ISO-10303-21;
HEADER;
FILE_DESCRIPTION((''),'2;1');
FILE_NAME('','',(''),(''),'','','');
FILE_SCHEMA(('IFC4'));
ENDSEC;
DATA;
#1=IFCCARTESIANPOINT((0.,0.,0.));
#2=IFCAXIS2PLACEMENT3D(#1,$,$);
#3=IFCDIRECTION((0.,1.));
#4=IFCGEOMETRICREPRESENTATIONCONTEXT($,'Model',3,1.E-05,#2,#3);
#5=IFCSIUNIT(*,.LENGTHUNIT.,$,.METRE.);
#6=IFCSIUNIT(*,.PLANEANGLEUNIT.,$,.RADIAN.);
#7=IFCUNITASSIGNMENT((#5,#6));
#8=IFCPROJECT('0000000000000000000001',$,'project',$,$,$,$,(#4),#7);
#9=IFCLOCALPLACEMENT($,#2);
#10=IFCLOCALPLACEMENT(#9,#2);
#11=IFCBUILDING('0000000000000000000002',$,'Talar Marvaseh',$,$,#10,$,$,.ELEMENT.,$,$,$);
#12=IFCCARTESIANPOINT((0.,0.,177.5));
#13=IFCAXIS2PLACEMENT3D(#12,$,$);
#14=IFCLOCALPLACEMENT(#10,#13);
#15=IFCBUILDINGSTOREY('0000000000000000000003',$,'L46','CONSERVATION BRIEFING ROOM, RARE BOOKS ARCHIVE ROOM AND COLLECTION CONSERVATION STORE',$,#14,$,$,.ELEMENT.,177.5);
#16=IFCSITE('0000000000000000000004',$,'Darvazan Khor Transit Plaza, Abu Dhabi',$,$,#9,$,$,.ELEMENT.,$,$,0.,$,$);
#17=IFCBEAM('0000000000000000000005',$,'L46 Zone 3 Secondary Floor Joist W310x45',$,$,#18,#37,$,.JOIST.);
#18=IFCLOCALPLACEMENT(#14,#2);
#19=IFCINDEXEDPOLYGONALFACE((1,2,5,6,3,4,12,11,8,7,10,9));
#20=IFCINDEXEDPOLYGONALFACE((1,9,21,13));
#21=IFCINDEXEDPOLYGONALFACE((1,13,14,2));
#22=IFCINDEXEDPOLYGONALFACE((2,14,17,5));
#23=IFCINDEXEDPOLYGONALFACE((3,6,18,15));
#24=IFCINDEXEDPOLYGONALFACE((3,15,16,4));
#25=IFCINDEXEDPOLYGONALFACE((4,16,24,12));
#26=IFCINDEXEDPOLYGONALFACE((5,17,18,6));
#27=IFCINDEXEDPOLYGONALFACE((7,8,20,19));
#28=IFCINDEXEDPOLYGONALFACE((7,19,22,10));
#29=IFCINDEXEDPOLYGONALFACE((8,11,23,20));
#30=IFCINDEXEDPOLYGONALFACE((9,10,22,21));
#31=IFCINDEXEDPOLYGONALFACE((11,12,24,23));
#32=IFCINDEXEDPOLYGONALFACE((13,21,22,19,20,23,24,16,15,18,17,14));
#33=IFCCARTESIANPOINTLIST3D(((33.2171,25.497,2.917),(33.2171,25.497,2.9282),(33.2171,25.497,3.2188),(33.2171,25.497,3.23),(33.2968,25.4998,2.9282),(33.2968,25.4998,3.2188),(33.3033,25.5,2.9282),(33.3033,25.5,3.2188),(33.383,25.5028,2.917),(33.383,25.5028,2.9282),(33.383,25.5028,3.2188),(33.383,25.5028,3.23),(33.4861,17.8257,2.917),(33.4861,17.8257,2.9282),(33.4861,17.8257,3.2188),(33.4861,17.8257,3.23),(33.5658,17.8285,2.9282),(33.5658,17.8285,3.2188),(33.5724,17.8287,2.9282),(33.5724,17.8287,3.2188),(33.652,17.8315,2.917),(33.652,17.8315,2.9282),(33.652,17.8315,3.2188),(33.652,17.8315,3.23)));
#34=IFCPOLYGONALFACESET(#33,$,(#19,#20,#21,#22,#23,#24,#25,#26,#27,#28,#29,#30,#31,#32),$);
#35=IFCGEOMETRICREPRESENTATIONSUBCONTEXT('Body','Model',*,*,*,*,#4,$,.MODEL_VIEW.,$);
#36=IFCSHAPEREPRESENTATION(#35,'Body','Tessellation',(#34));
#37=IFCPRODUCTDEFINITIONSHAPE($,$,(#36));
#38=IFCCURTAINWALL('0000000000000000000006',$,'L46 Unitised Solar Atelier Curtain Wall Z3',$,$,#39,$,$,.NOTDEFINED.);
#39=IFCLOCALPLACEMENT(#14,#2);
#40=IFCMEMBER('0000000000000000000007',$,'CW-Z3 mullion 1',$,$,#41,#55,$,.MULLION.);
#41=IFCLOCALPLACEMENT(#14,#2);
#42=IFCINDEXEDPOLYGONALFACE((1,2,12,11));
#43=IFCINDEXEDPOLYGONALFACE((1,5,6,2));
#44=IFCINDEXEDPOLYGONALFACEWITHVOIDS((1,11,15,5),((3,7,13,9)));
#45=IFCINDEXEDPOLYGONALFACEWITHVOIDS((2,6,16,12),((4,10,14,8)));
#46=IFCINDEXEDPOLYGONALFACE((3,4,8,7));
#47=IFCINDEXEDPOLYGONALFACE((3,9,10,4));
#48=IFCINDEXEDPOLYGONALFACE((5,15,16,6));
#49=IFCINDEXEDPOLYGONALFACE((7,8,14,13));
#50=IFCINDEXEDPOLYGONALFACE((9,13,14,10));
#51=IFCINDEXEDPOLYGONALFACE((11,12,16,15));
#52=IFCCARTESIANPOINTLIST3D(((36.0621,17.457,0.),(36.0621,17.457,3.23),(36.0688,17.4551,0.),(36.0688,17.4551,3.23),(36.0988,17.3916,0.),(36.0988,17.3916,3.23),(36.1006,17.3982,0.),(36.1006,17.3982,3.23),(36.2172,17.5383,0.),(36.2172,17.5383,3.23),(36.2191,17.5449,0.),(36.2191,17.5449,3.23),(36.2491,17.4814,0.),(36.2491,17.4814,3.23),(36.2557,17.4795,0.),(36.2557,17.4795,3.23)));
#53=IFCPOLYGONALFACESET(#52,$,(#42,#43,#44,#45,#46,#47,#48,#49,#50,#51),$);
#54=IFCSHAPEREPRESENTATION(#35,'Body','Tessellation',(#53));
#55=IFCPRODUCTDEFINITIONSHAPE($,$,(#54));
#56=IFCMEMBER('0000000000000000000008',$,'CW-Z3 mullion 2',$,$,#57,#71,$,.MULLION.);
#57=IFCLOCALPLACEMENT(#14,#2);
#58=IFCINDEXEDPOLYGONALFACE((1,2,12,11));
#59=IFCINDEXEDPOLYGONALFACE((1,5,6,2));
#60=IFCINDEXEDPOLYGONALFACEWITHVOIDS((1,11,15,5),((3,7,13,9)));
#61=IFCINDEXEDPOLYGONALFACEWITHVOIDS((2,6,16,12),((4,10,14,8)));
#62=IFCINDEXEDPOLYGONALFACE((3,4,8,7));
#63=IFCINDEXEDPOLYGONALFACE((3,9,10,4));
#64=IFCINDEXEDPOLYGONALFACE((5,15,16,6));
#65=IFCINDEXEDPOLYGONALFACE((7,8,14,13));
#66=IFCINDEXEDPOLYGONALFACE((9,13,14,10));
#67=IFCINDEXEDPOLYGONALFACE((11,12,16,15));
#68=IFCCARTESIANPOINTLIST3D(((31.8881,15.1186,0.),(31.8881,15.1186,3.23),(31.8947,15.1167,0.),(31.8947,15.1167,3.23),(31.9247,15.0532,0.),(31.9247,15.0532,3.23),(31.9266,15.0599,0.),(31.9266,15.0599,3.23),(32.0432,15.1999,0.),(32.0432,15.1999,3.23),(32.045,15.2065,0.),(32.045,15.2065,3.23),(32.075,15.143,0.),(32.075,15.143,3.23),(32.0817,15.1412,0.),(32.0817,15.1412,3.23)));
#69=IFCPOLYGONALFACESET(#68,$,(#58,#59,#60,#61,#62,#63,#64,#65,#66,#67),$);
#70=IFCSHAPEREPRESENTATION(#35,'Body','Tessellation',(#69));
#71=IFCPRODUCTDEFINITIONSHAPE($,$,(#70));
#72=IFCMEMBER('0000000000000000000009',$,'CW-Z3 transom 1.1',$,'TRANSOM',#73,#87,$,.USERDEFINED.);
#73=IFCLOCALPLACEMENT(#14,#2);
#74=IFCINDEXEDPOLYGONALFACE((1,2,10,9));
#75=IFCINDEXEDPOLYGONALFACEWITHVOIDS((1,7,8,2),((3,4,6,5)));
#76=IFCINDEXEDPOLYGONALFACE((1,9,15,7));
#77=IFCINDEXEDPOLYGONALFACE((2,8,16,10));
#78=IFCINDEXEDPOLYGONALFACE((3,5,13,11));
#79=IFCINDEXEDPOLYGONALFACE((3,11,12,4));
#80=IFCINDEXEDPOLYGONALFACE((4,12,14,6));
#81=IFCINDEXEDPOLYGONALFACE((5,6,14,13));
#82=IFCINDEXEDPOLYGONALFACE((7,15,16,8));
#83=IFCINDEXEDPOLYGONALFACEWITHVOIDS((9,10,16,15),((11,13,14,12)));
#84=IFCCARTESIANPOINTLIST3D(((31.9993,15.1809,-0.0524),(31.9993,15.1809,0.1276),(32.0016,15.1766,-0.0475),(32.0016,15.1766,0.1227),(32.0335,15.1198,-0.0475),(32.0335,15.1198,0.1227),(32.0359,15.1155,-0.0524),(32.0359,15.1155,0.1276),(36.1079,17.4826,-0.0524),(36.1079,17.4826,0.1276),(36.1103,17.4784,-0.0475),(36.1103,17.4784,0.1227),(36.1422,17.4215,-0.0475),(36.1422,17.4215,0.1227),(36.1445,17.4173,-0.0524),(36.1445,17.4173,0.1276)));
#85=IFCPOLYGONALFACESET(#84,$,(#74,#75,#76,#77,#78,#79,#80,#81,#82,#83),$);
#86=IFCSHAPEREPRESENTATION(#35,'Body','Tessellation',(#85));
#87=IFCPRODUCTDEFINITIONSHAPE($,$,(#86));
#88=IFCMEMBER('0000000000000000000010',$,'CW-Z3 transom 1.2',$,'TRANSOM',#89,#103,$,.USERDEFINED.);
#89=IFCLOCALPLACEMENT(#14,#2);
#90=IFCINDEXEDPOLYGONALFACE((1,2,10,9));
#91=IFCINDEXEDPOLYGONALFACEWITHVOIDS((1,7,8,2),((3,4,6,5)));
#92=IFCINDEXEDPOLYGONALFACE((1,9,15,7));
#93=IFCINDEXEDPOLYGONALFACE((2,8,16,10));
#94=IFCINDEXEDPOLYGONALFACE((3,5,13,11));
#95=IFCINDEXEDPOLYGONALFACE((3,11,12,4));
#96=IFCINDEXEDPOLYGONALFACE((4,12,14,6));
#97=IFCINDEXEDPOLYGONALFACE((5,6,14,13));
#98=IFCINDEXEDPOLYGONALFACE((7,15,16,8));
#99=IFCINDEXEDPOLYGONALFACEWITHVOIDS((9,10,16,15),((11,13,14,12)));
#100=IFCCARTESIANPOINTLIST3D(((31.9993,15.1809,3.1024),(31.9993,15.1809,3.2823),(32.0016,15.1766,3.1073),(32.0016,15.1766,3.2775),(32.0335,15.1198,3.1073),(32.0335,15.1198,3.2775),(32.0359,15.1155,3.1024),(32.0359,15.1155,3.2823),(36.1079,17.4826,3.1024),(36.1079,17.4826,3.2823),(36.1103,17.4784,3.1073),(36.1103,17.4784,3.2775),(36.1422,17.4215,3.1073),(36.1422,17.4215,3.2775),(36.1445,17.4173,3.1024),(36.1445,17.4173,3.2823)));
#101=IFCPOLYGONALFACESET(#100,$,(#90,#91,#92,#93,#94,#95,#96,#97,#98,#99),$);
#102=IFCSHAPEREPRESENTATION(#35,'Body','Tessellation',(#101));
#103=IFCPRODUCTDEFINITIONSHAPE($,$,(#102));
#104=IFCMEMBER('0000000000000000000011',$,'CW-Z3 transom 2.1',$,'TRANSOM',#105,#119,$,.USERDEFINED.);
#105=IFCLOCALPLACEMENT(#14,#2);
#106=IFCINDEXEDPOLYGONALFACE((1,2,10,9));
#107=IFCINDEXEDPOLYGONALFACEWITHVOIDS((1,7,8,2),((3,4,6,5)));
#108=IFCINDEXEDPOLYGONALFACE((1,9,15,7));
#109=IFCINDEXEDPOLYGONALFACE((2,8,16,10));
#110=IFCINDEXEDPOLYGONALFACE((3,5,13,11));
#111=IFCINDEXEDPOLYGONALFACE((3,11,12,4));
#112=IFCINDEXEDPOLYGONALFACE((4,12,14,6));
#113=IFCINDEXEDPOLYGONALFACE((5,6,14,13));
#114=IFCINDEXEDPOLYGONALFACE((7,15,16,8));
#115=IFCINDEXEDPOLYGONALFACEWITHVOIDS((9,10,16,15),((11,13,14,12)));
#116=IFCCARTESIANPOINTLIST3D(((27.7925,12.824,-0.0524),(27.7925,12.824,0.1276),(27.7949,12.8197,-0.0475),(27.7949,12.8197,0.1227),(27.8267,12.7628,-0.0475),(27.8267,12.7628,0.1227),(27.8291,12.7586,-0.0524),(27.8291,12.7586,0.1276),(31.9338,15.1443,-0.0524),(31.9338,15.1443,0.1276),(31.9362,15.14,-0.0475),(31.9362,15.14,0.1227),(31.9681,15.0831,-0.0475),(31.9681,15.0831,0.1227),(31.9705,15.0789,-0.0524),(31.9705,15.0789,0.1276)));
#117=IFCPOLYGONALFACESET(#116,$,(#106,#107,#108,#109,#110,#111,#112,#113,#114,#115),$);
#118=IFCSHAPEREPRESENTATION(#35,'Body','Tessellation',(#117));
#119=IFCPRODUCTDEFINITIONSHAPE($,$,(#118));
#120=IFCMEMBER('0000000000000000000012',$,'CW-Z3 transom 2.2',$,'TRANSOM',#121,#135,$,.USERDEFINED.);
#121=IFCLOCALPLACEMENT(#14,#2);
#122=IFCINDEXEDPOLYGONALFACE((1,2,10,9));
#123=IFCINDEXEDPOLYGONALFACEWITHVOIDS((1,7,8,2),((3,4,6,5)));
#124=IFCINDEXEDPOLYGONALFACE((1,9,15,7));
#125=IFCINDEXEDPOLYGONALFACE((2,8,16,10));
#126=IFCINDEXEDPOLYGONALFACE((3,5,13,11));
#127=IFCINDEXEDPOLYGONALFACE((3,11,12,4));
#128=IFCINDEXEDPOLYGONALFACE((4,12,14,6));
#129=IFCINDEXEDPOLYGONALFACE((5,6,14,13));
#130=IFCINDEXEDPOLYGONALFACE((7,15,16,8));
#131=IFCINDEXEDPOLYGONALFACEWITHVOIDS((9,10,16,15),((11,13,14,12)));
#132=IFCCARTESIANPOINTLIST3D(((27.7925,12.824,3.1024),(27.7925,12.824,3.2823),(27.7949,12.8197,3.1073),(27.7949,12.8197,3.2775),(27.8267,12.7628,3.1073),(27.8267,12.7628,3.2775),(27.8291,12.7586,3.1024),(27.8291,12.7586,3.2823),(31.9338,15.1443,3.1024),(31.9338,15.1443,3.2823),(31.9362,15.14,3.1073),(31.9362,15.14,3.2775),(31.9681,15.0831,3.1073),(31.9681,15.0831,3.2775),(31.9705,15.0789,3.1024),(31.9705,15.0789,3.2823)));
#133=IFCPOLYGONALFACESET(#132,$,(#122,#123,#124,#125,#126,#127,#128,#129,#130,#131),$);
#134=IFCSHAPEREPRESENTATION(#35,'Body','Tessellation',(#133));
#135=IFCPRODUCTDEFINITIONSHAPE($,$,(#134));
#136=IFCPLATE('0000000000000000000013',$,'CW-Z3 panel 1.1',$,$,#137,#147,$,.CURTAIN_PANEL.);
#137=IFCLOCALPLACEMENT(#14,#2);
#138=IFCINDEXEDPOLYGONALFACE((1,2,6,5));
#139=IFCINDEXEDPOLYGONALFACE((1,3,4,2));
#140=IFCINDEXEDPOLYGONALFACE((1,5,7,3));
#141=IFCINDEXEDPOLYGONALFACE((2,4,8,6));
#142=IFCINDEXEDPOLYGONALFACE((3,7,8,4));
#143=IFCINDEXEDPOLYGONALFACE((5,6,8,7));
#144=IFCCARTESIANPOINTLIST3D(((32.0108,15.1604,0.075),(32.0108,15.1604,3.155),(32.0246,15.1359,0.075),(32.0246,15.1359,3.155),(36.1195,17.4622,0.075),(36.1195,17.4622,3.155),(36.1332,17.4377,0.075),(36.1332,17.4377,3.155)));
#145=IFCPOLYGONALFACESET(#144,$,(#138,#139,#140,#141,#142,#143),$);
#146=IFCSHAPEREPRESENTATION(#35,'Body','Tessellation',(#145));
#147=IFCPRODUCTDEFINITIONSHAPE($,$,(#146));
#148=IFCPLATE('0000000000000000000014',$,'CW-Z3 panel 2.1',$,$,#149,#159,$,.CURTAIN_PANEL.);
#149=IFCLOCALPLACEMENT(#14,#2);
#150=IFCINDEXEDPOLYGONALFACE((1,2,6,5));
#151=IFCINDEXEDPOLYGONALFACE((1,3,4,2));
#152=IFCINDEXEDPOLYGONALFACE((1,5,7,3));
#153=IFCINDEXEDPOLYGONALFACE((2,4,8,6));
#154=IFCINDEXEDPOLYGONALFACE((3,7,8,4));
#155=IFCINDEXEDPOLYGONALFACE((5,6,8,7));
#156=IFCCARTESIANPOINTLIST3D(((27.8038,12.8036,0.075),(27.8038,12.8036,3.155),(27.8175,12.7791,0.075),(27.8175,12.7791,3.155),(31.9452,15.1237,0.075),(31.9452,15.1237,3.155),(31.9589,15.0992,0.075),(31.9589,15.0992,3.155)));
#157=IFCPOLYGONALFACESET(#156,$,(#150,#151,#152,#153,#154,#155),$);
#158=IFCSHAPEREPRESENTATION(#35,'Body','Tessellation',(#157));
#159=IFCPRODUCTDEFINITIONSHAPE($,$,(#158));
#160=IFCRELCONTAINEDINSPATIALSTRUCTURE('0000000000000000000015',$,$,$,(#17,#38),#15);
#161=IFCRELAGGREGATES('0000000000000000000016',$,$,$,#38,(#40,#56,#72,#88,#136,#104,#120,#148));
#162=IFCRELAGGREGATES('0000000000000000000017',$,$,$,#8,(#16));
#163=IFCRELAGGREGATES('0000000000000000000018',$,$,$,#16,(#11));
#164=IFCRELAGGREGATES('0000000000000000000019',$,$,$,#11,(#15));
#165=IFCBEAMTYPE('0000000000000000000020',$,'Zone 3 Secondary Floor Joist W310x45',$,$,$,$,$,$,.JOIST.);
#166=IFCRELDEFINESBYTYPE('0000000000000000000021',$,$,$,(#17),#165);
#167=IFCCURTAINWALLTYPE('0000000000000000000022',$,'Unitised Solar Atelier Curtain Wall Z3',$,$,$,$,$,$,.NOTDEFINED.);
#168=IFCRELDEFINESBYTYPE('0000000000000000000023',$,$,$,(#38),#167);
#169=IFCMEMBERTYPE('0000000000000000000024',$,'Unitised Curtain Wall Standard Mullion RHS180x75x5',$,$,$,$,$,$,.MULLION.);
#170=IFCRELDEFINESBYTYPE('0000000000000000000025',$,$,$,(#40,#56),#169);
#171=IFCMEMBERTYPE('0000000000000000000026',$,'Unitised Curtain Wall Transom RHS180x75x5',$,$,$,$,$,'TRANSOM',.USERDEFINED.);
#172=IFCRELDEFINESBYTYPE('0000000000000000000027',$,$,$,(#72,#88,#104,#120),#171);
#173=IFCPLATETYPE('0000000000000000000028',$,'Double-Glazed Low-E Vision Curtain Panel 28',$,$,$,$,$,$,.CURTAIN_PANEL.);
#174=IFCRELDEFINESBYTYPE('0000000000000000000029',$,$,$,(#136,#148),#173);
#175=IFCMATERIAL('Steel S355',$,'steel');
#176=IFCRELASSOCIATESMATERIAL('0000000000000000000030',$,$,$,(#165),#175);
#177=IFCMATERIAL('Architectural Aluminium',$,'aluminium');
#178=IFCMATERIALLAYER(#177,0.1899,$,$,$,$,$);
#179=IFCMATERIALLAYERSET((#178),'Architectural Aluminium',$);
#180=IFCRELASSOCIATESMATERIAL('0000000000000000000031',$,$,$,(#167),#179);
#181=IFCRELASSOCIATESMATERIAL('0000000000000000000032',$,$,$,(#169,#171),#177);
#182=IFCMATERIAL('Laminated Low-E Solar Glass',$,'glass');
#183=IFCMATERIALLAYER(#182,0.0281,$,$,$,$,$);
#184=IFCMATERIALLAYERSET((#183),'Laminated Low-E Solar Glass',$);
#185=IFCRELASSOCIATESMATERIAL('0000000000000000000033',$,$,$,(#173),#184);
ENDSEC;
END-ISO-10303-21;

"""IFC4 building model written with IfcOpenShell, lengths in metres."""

from ifc_helpers import new_model, si_unit, direction, frame, origin, origin_2d, place, context, subcontext, project, spatial, rectangle, hollow_rectangle, i_section, extrude, source, transform, mapped, material, layer, layer_set, material_profile, profile_set, type_object, type_shapes, element, aggregate, save


model = new_model("IFC4")

# Units and contexts
model_context = context("Model", 3, precision=1e-05, world=origin(), true_north=direction((0.0, 1.0)))
body_context = subcontext(model_context, "Body", "Model", "MODEL_VIEW")
ifc_project = project(units=[si_unit("LENGTHUNIT", "METRE"), si_unit("PLANEANGLEUNIT", "RADIAN")], contexts=[model_context])

# Site, building, storey
site_placement = place(None, origin())
site = spatial("IfcSite", under=ifc_project, at=site_placement, Name="Darvazan Khor Transit Plaza, Abu Dhabi", CompositionType="ELEMENT", RefElevation=0.0)
building_placement = place(site_placement, origin())
building = spatial("IfcBuilding", under=site, at=building_placement, Name="Talar Marvaseh", CompositionType="ELEMENT")
storey_placement = place(building_placement, frame((0.0, 0.0, 177.5)))
storey = spatial("IfcBuildingStorey", under=building, at=storey_placement, Name="L46", Description="CONSERVATION BRIEFING ROOM, RARE BOOKS ARCHIVE ROOM AND COLLECTION CONSERVATION STORE", CompositionType="ELEMENT", Elevation=177.5)

# Beam
ifc_material_1 = material(Name="Steel S355", Category="steel")
ifc_material_profile_1 = material_profile(ifc_material_1, i_section(OverallWidth=0.166, OverallDepth=0.313, WebThickness=0.0066, FlangeThickness=0.0112, at=origin_2d()), Name="W310x45")
ifc_profile_set_1 = profile_set([ifc_material_profile_1], Name="Steel S355")
beam_type = type_object("IfcBeamType", Name="Zone 3 Secondary Floor Joist W310x45", PredefinedType="JOIST", material=ifc_profile_set_1)
beam_placement = place(storey_placement, frame((33.5691, 17.8286, 3.0735), z_axis=(-0.035049, 0.999386, 0.0), x_axis=(-0.999386, -0.035049, 0.0)))
element("IfcBeam", 1, at=beam_placement, inside=storey, type_object=beam_type, Name="L46 Zone 3 Secondary Floor Joist W310x45", PredefinedType="JOIST", context=body_context, shape_type="SweptSolid", body=[
    extrude(i_section(OverallWidth=0.166, OverallDepth=0.313, WebThickness=0.0066, FlangeThickness=0.0112, at=origin_2d()), origin(), (0.0, 0.0, 1.0), 7.676),
])

# Curtain wall, members, plates
ifc_material_2 = material(Name="Architectural Aluminium", Category="aluminium")
ifc_layer_1 = layer(ifc_material_2, 0.1899)
ifc_layer_set_1 = layer_set([ifc_layer_1], Name="Architectural Aluminium")
curtain_wall_type = type_object("IfcCurtainWallType", Name="Unitised Solar Atelier Curtain Wall Z3", PredefinedType="NOTDEFINED", material=ifc_layer_set_1)
curtain_wall_placement = place(storey_placement, origin())
curtain_wall = element("IfcCurtainWall", 2, at=curtain_wall_placement, inside=storey, type_object=curtain_wall_type, Name="L46 Unitised Solar Atelier Curtain Wall Z3", PredefinedType="NOTDEFINED")
ifc_material_profile_2 = material_profile(ifc_material_2, hollow_rectangle(XDim=0.075, YDim=0.1799, WallThickness=0.0049, at=origin_2d()), Name="RHS180x75x5")
ifc_profile_set_2 = profile_set([ifc_material_profile_2], Name="Architectural Aluminium")
member_type_1 = type_object("IfcMemberType", Name="Unitised Curtain Wall Standard Mullion RHS180x75x5", PredefinedType="MULLION", material=ifc_profile_set_2)
shared_shape_1 = source(origin(), body_context, "Body", "SweptSolid", [
    extrude(hollow_rectangle(XDim=0.075, YDim=0.1799, WallThickness=0.0049, at=origin_2d()), origin(), (0.0, 0.0, 1.0), 3.23),
])
type_shapes(member_type_1, [shared_shape_1])
member_1_placement = place(storey_placement, frame((36.1589, 17.4683, 0.0), z_axis=(0.0, 0.0, 1.0), x_axis=(0.488756, -0.872421, 0.0)))
member_1 = element("IfcMember", 3, at=member_1_placement, type_object=member_type_1, Name="CW-Z3 mullion 1", PredefinedType="MULLION", context=body_context, shape_type="MappedRepresentation", body=[
    mapped(shared_shape_1, transform((0.0, 0.0, 0.0), x_axis=(1.0, 0.0, 0.0), y_axis=(0.0, 1.0, 0.0), z_axis=(0.0, 0.0, 1.0), scale=1.0)),
])
member_2_placement = place(storey_placement, frame((31.9849, 15.1299, 0.0), z_axis=(0.0, 0.0, 1.0), x_axis=(0.488756, -0.872421, 0.0)))
member_2 = element("IfcMember", 4, at=member_2_placement, type_object=member_type_1, Name="CW-Z3 mullion 2", PredefinedType="MULLION", context=body_context, shape_type="MappedRepresentation", body=[
    mapped(shared_shape_1, transform((0.0, 0.0, 0.0), x_axis=(1.0, 0.0, 0.0), y_axis=(0.0, 1.0, 0.0), z_axis=(0.0, 0.0, 1.0), scale=1.0)),
])
ifc_material_profile_3 = material_profile(ifc_material_2, hollow_rectangle(XDim=0.075, YDim=0.1799, WallThickness=0.0049, at=origin_2d()), Name="RHS180x75x5")
ifc_profile_set_3 = profile_set([ifc_material_profile_3], Name="Architectural Aluminium")
member_type_2 = type_object("IfcMemberType", Name="Unitised Curtain Wall Transom RHS180x75x5", ElementType="TRANSOM", PredefinedType="USERDEFINED", material=ifc_profile_set_3)
shared_shape_2 = source(origin(), body_context, "Body", "SweptSolid", [
    extrude(hollow_rectangle(XDim=0.075, YDim=0.1799, WallThickness=0.0049, at=origin_2d()), origin(), (0.0, 0.0, 1.0), 4.7095),
])
member_3_placement = place(storey_placement, frame((36.1262, 17.45, 0.0376), z_axis=(-0.872423, -0.488752, 0.0), x_axis=(0.488752, -0.872423, 0.0)))
member_3 = element("IfcMember", 5, at=member_3_placement, type_object=member_type_2, Name="CW-Z3 transom 1.1", ObjectType="TRANSOM", PredefinedType="USERDEFINED", context=body_context, shape_type="MappedRepresentation", body=[
    mapped(shared_shape_2, transform((0.0, 0.0, 0.0), x_axis=(1.0, 0.0, 0.0), y_axis=(0.0, 1.0, 0.0), z_axis=(0.0, 0.0, 1.0), scale=1.0)),
])
member_4_placement = place(storey_placement, frame((36.1262, 17.45, 3.1924), z_axis=(-0.872423, -0.488752, 0.0), x_axis=(0.488752, -0.872423, 0.0)))
member_4 = element("IfcMember", 6, at=member_4_placement, type_object=member_type_2, Name="CW-Z3 transom 1.2", ObjectType="TRANSOM", PredefinedType="USERDEFINED", context=body_context, shape_type="MappedRepresentation", body=[
    mapped(shared_shape_2, transform((0.0, 0.0, 0.0), x_axis=(1.0, 0.0, 0.0), y_axis=(0.0, 1.0, 0.0), z_axis=(0.0, 0.0, 1.0), scale=1.0)),
])
shared_shape_3 = source(origin(), body_context, "Body", "SweptSolid", [
    extrude(hollow_rectangle(XDim=0.075, YDim=0.1799, WallThickness=0.0049, at=origin_2d()), origin(), (0.0, 0.0, 1.0), 4.7471),
])
type_shapes(member_type_2, [shared_shape_2, shared_shape_3])
member_5_placement = place(storey_placement, frame((31.9521, 15.1116, 0.0376), z_axis=(-0.872403, -0.488788, 0.0), x_axis=(0.488788, -0.872403, 0.0)))
member_5 = element("IfcMember", 7, at=member_5_placement, type_object=member_type_2, Name="CW-Z3 transom 2.1", ObjectType="TRANSOM", PredefinedType="USERDEFINED", context=body_context, shape_type="MappedRepresentation", body=[
    mapped(shared_shape_3, transform((0.0, 0.0, 0.0), x_axis=(1.0, 0.0, 0.0), y_axis=(0.0, 1.0, 0.0), z_axis=(0.0, 0.0, 1.0), scale=1.0)),
])
member_6_placement = place(storey_placement, frame((31.9521, 15.1116, 3.1924), z_axis=(-0.872403, -0.488788, 0.0), x_axis=(0.488788, -0.872403, 0.0)))
member_6 = element("IfcMember", 8, at=member_6_placement, type_object=member_type_2, Name="CW-Z3 transom 2.2", ObjectType="TRANSOM", PredefinedType="USERDEFINED", context=body_context, shape_type="MappedRepresentation", body=[
    mapped(shared_shape_3, transform((0.0, 0.0, 0.0), x_axis=(1.0, 0.0, 0.0), y_axis=(0.0, 1.0, 0.0), z_axis=(0.0, 0.0, 1.0), scale=1.0)),
])
ifc_material_3 = material(Name="Laminated Low-E Solar Glass", Category="glass")
ifc_layer_2 = layer(ifc_material_3, 0.0281)
ifc_layer_set_2 = layer_set([ifc_layer_2], Name="Laminated Low-E Solar Glass")
plate_type = type_object("IfcPlateType", Name="Double-Glazed Low-E Vision Curtain Panel 28", PredefinedType="CURTAIN_PANEL", material=ifc_layer_set_2)
shared_shape_4 = source(origin(), body_context, "Body", "SweptSolid", [
    extrude(rectangle(XDim=4.7095, YDim=0.0281, at=origin_2d()), origin(), (0.0, 0.0, 1.0), 3.0801),
])
plate_1_placement = place(storey_placement, frame((34.072, 16.2991, 0.075), z_axis=(0.0, 0.0, 1.0), x_axis=(-0.872421, -0.488756, 0.0)))
plate_1 = element("IfcPlate", 9, at=plate_1_placement, type_object=plate_type, Name="CW-Z3 panel 1.1", PredefinedType="CURTAIN_PANEL", context=body_context, shape_type="MappedRepresentation", body=[
    mapped(shared_shape_4, transform((0.0, 0.0, 0.0), x_axis=(1.0, 0.0, 0.0), y_axis=(0.0, 1.0, 0.0), z_axis=(0.0, 0.0, 1.0), scale=1.0)),
])
shared_shape_5 = source(origin(), body_context, "Body", "SweptSolid", [
    extrude(rectangle(XDim=4.7471, YDim=0.0281, at=origin_2d()), origin(), (0.0, 0.0, 1.0), 3.0801),
])
type_shapes(plate_type, [shared_shape_4, shared_shape_5])
plate_2_placement = place(storey_placement, frame((29.8813, 13.9514, 0.075), z_axis=(0.0, 0.0, 1.0), x_axis=(-0.872421, -0.488756, 0.0)))
plate_2 = element("IfcPlate", 10, at=plate_2_placement, type_object=plate_type, Name="CW-Z3 panel 2.1", PredefinedType="CURTAIN_PANEL", context=body_context, shape_type="MappedRepresentation", body=[
    mapped(shared_shape_5, transform((0.0, 0.0, 0.0), x_axis=(1.0, 0.0, 0.0), y_axis=(0.0, 1.0, 0.0), z_axis=(0.0, 0.0, 1.0), scale=1.0)),
])
aggregate(curtain_wall, [member_1, member_2, member_3, member_4, plate_1, member_5, member_6, plate_2])

save(model, "model.ifc")
